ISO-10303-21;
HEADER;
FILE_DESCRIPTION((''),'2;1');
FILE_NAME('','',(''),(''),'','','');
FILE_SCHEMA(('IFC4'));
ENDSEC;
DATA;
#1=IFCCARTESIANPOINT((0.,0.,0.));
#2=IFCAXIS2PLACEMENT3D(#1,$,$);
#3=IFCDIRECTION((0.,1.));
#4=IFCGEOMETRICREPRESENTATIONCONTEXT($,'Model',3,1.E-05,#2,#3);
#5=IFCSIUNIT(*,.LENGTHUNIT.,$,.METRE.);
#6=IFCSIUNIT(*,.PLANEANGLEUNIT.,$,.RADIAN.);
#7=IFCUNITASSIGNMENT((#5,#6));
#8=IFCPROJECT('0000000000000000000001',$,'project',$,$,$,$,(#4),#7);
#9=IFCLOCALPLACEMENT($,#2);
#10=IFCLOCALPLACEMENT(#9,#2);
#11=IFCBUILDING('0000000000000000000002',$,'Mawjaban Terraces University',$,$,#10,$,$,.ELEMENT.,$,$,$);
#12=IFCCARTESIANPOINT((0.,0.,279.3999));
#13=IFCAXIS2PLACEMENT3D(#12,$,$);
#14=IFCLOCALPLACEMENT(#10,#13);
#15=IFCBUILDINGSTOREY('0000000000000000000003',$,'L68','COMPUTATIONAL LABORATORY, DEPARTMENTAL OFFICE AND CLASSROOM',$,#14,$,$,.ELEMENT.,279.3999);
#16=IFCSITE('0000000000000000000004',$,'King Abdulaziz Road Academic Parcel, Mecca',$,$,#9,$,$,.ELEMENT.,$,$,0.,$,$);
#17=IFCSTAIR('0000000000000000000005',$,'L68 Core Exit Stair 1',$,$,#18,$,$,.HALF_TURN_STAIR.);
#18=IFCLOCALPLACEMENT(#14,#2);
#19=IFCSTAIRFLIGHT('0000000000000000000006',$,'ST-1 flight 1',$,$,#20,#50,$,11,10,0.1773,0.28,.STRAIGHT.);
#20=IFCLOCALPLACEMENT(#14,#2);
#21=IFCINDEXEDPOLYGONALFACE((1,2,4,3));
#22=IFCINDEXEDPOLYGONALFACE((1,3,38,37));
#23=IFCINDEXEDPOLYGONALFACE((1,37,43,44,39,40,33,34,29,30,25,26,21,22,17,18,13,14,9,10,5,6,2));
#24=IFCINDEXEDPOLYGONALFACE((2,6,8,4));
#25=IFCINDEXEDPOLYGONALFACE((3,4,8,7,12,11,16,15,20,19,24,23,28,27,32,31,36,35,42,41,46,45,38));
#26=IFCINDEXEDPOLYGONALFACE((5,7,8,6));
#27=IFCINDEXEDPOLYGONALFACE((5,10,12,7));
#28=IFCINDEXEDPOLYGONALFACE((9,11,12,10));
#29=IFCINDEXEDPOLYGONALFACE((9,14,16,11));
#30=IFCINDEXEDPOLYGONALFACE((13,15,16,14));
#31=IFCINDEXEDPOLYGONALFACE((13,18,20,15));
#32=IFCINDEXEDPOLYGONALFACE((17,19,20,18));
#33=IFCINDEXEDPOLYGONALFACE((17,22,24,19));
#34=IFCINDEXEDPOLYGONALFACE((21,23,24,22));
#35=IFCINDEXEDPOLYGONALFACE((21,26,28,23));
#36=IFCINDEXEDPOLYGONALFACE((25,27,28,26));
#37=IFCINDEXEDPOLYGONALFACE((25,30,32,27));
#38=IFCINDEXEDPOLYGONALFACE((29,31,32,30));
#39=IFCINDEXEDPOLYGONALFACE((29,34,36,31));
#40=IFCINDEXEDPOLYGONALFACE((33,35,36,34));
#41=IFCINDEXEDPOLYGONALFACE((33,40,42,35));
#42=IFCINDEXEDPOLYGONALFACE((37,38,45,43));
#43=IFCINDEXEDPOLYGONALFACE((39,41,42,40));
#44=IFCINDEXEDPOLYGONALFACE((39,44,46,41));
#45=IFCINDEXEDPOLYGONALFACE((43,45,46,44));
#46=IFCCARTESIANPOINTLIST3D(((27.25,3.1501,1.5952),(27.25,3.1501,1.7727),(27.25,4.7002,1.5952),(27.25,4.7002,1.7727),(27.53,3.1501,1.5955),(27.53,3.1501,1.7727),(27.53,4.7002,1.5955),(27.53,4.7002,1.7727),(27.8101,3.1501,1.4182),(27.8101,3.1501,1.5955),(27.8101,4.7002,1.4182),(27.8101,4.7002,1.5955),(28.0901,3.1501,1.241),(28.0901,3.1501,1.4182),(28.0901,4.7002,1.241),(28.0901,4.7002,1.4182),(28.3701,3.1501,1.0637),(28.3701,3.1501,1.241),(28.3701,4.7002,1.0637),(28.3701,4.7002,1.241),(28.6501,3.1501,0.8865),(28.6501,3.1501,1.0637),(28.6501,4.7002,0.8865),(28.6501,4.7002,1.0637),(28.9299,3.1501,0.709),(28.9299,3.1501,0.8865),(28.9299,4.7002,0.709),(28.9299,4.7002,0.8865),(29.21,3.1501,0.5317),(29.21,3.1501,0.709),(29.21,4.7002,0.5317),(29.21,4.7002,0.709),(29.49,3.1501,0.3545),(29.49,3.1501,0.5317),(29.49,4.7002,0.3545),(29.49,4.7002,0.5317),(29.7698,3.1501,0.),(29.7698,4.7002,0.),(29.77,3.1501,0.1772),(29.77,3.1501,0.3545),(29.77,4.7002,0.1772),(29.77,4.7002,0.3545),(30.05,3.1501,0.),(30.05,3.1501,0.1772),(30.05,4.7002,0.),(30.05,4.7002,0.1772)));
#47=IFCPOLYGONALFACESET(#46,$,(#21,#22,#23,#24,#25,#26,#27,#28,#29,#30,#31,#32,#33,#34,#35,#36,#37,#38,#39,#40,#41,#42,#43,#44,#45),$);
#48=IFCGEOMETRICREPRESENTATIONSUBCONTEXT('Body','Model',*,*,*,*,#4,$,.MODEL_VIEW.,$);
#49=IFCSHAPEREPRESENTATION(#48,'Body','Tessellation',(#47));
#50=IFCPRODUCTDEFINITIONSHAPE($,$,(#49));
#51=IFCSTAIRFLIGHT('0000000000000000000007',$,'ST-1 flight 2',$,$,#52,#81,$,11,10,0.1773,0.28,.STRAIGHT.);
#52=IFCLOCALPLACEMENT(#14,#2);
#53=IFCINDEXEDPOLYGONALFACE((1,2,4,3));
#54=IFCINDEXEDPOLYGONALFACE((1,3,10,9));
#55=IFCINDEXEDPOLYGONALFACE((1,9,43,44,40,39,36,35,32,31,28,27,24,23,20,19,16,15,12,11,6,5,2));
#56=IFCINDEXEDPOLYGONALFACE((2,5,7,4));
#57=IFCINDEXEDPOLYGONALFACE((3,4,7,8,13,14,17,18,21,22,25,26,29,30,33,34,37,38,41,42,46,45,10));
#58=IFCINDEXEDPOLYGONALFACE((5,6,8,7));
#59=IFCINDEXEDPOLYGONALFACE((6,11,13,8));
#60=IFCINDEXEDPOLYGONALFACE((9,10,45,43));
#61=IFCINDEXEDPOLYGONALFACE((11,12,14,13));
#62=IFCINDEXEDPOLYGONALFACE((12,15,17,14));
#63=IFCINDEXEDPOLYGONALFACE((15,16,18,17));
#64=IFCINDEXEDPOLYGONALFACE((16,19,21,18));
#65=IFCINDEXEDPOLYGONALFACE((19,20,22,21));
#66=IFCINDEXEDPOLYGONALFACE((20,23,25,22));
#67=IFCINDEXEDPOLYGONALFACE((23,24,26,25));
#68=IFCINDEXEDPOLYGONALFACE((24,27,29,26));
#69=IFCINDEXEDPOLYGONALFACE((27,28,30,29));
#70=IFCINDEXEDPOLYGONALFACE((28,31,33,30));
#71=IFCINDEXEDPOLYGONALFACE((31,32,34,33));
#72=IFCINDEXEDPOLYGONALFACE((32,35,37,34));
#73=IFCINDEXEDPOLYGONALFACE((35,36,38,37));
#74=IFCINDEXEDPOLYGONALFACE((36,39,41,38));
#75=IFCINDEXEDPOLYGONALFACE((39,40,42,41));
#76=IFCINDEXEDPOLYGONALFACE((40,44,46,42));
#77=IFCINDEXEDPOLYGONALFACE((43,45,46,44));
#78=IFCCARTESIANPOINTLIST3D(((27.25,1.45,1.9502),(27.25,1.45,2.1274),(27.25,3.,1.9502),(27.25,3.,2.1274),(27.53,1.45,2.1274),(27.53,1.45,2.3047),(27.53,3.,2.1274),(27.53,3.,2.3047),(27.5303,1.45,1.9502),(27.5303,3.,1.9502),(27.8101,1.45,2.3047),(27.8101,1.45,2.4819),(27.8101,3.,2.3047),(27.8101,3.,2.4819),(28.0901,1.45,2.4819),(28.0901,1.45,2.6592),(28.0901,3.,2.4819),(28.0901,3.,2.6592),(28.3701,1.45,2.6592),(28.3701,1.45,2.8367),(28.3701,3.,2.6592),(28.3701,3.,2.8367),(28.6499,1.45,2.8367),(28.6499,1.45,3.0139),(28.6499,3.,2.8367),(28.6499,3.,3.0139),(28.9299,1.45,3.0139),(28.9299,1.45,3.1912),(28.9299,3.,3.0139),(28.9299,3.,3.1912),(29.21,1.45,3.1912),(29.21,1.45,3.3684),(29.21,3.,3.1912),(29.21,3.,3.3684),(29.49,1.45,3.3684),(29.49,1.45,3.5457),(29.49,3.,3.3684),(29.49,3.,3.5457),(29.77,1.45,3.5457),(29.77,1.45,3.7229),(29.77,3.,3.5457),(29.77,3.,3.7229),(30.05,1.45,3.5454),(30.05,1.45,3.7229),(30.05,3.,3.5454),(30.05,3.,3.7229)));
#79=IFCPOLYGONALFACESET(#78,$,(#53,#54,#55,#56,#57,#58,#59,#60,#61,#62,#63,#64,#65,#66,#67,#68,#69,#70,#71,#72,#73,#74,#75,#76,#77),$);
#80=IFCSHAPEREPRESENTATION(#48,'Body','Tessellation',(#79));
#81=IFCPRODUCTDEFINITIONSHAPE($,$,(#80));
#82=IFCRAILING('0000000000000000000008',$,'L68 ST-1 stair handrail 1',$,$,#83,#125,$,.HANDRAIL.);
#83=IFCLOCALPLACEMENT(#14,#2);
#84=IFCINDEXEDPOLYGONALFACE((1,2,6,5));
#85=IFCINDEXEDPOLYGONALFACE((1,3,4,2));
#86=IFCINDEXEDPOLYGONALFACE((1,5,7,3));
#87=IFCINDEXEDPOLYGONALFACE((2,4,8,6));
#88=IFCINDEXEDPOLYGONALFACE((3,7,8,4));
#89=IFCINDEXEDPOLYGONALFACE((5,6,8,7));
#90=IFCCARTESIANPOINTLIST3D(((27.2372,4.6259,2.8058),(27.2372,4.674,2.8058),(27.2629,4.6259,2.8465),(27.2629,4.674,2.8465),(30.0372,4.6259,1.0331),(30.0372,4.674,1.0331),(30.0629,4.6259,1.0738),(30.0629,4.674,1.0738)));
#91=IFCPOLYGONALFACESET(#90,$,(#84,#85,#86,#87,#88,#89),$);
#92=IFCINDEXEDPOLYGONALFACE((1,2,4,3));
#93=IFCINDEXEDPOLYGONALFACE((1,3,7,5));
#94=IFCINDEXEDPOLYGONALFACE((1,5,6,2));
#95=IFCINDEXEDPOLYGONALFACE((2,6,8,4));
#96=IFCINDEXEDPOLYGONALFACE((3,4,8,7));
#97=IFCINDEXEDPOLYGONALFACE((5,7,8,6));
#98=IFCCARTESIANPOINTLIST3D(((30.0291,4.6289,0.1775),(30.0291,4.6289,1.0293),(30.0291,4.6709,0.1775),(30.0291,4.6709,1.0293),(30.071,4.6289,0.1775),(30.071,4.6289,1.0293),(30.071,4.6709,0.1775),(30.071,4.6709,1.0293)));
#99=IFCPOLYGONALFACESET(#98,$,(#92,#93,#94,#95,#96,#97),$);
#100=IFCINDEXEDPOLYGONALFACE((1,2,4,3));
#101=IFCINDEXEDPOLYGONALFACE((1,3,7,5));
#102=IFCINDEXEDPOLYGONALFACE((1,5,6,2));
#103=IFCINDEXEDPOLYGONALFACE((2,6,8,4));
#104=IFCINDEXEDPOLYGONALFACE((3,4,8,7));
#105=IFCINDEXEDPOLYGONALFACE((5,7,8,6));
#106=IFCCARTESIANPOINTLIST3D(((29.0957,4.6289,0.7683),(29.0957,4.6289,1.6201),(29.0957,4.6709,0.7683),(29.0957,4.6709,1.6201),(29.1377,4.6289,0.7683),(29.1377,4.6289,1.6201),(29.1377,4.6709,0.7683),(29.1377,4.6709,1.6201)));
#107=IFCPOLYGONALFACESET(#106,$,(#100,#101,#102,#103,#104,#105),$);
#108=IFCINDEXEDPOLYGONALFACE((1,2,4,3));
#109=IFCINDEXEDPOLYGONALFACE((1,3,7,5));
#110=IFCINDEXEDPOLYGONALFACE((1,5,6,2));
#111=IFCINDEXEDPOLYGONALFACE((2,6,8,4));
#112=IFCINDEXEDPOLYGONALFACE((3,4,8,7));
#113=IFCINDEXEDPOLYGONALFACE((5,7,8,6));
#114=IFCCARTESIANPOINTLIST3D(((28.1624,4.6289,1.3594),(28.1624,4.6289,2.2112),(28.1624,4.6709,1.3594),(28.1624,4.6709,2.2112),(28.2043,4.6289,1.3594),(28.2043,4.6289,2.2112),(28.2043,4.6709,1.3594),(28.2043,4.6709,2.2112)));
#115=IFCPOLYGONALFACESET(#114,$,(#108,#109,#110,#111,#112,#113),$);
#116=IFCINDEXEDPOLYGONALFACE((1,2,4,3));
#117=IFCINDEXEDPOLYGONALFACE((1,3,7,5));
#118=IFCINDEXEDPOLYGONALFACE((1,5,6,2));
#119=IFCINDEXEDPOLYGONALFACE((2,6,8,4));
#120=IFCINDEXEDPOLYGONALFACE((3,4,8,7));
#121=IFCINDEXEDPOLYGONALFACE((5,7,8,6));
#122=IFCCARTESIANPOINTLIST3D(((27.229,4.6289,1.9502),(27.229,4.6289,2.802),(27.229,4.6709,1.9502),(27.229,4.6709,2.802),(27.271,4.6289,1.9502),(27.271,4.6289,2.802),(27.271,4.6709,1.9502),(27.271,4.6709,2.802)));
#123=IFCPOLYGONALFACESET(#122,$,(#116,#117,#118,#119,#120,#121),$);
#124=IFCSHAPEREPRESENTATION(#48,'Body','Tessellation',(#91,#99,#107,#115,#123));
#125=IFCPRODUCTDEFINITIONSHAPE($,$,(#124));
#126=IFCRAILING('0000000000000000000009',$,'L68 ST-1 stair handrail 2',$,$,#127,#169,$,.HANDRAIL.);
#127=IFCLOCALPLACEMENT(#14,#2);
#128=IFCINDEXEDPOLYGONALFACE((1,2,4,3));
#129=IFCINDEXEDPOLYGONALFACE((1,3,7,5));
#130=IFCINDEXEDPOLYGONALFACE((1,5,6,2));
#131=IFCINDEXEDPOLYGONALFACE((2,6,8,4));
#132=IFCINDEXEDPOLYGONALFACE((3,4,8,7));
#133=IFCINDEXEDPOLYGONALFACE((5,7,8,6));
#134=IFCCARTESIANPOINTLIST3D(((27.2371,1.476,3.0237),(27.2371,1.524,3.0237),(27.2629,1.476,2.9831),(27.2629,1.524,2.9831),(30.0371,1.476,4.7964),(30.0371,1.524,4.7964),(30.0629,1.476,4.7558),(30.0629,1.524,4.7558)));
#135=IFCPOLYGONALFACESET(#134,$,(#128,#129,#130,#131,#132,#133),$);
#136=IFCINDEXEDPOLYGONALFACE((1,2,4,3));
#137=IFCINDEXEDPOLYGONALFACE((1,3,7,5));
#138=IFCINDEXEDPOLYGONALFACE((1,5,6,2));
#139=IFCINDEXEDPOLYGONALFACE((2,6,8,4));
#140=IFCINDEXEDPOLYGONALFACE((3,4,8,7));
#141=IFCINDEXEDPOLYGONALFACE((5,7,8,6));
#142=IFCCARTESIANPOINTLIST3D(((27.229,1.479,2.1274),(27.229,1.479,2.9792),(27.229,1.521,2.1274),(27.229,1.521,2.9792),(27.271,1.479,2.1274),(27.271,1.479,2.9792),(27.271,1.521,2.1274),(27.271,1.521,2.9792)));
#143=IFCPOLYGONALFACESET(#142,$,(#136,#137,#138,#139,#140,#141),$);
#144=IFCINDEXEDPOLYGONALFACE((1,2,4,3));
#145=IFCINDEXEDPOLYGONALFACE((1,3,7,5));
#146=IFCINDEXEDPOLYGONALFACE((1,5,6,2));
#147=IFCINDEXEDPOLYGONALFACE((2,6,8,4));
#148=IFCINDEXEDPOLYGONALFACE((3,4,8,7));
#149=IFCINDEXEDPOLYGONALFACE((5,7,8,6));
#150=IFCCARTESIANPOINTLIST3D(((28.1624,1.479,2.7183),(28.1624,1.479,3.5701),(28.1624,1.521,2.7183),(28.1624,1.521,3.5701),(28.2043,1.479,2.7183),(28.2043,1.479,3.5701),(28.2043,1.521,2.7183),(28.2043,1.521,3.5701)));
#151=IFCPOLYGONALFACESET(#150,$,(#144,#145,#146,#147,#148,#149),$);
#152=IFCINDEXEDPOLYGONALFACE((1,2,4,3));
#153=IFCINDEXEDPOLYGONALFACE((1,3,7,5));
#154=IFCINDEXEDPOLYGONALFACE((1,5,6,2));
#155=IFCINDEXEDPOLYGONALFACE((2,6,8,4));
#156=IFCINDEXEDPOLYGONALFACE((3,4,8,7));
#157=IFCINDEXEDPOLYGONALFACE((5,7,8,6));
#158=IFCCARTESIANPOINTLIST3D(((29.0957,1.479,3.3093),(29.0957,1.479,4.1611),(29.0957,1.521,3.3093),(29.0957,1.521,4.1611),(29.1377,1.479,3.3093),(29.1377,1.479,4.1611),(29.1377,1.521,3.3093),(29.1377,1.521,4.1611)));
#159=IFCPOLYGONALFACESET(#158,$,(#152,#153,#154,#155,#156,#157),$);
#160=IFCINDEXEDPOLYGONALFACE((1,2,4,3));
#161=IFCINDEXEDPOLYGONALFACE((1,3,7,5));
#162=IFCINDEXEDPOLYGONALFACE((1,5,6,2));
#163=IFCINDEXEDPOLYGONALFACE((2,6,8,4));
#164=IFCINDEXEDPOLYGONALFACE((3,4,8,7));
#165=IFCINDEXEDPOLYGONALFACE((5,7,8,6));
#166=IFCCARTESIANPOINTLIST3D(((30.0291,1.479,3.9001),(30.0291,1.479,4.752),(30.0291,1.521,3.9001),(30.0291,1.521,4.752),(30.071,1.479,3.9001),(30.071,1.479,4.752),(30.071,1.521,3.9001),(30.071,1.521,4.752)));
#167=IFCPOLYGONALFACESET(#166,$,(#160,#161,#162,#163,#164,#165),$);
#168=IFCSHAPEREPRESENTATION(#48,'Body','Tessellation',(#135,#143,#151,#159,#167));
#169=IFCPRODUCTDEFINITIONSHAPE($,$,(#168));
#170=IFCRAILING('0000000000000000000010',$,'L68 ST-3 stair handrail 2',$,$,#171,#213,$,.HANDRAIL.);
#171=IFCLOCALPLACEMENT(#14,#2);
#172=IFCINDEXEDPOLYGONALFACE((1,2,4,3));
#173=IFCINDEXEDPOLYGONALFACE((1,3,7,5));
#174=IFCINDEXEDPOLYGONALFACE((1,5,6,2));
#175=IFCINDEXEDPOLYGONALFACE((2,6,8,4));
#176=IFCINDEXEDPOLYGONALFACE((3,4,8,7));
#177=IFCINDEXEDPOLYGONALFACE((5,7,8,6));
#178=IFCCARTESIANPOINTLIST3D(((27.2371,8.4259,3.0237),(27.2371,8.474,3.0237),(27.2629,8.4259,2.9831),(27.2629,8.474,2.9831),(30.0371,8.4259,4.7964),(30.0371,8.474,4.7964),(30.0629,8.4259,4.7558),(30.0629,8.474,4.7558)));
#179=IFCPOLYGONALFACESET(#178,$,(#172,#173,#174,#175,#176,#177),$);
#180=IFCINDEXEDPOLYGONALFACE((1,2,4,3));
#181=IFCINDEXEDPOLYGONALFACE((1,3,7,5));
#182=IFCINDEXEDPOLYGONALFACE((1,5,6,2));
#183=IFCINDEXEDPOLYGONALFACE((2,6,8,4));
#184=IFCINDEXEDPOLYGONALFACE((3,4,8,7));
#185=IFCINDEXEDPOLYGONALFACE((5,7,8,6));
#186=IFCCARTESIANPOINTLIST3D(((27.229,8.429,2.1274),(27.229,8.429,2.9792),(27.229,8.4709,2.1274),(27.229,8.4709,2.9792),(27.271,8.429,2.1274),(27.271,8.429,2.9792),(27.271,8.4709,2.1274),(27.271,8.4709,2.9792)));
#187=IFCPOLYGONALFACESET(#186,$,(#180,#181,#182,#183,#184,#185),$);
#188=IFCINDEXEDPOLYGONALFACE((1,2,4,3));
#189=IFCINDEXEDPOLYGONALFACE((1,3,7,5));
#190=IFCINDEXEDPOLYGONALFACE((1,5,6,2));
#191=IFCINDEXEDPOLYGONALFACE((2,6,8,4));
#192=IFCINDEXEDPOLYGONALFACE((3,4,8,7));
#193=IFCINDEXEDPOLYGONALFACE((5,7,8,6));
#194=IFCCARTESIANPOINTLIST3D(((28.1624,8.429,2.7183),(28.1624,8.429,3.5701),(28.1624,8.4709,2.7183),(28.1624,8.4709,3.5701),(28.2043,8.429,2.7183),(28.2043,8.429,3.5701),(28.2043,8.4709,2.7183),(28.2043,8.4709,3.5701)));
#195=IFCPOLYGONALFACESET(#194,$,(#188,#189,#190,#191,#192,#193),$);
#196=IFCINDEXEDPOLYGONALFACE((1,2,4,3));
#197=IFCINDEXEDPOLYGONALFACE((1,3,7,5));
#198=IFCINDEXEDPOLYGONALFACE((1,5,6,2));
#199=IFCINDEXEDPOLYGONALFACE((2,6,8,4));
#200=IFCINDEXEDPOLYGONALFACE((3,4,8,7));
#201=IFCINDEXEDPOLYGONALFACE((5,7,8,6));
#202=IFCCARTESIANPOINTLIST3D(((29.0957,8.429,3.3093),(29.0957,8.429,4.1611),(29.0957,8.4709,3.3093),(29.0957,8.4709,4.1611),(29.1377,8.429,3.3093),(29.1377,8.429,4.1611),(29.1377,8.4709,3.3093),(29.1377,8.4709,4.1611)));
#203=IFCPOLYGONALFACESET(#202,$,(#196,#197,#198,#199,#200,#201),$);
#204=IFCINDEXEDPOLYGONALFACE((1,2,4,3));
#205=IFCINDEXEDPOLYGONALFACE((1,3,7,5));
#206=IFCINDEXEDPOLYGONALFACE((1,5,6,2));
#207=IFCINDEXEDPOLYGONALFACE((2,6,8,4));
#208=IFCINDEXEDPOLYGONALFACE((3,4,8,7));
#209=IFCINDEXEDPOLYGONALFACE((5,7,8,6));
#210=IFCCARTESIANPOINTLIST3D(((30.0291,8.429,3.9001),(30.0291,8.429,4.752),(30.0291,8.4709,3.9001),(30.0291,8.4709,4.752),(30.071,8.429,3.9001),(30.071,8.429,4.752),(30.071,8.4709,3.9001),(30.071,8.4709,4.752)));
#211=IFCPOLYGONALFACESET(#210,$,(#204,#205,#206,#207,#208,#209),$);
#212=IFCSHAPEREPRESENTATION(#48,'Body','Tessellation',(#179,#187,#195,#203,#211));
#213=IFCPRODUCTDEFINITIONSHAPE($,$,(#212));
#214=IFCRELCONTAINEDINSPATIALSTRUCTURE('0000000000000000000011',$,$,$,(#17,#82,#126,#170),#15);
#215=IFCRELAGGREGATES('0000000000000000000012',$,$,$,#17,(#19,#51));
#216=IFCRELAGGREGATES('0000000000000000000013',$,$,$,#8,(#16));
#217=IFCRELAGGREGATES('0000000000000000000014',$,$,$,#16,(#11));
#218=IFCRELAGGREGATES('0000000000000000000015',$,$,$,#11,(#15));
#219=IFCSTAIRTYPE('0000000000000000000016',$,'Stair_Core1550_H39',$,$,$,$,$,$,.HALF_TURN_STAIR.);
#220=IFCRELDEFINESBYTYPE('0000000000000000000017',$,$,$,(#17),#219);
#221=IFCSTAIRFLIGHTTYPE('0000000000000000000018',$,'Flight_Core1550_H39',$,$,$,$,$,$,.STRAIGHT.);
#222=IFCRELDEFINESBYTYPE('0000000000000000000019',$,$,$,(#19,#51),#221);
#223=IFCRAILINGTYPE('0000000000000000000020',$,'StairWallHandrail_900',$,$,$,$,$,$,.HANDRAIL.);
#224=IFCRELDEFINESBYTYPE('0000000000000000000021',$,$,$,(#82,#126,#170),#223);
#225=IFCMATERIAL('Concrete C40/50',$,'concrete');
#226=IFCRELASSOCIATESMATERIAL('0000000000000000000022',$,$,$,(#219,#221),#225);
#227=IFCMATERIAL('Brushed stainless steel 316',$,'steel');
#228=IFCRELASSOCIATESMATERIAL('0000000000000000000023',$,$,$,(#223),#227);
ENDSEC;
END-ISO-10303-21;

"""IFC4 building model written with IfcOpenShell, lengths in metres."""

from ifc_helpers import new_model, si_unit, direction, frame, origin, origin_2d, place, context, subcontext, project, spatial, polyline, rectangle, outline, extrude, material, type_object, element, aggregate, save


model = new_model("IFC4")

# Units and contexts
model_context = context("Model", 3, precision=1e-05, world=origin(), true_north=direction((0.0, 1.0)))
body_context = subcontext(model_context, "Body", "Model", "MODEL_VIEW")
ifc_project = project(units=[si_unit("LENGTHUNIT", "METRE"), si_unit("PLANEANGLEUNIT", "RADIAN")], contexts=[model_context])

# Site, building, storey
site_placement = place(None, origin())
site = spatial("IfcSite", under=ifc_project, at=site_placement, Name="King Abdulaziz Road Academic Parcel, Mecca", CompositionType="ELEMENT", RefElevation=0.0)
building_placement = place(site_placement, origin())
building = spatial("IfcBuilding", under=site, at=building_placement, Name="Mawjaban Terraces University", CompositionType="ELEMENT")
storey_placement = place(building_placement, frame((0.0, 0.0, 279.3999)))
storey = spatial("IfcBuildingStorey", under=building, at=storey_placement, Name="L68", Description="COMPUTATIONAL LABORATORY, DEPARTMENTAL OFFICE AND CLASSROOM", CompositionType="ELEMENT", Elevation=279.3999)

# Shared definitions
ifc_material_1 = material(Name="Concrete C40/50", Category="concrete")

# Stair, stair flights
stair_type = type_object("IfcStairType", Name="Stair_Core1550_H39", PredefinedType="HALF_TURN_STAIR", material=ifc_material_1)
stair_placement = place(storey_placement, origin())
stair = element("IfcStair", 1, at=stair_placement, inside=storey, type_object=stair_type, Name="L68 Core Exit Stair 1", PredefinedType="HALF_TURN_STAIR")
stair_flight_type = type_object("IfcStairFlightType", Name="Flight_Core1550_H39", PredefinedType="STRAIGHT", material=ifc_material_1)
stair_flight_1_placement = place(storey_placement, frame((30.05, 3.925, 0.0), z_axis=(0.0, 0.0, 1.0), x_axis=(-1.0, 0.0, 0.0)))
stair_flight_1 = element("IfcStairFlight", 2, at=stair_flight_1_placement, type_object=stair_flight_type, Name="ST-1 flight 1", NumberOfRisers=11, NumberOfTreads=10, PredefinedType="STRAIGHT", RiserHeight=0.1773, TreadLength=0.28, context=body_context, shape_type="SweptSolid", body=[
    extrude(outline(polyline([(0.0, 0.0), (0.0, 0.1772), (0.28, 0.1772), (0.28, 0.3545), (0.5601, 0.3545), (0.5601, 0.5317), (0.8401, 0.5317), (0.8401, 0.709), (1.1201, 0.709), (1.1201, 0.8865), (1.3999, 0.8865), (1.3999, 1.0637), (1.6799, 1.0637), (1.6799, 1.241), (1.96, 1.241), (1.96, 1.4182), (2.24, 1.4182), (2.24, 1.5955), (2.52, 1.5955), (2.52, 1.7727), (2.8, 1.7727), (2.8, 1.95), (2.8, 1.5952), (0.2803, 0.0), (0.0, 0.0)])), frame((0.0, 0.7749, 0.0), z_axis=(0.0, -1.0, 0.0), x_axis=(1.0, 0.0, 0.0)), (0.0, 0.0, 1.0), 1.55),
])
stair_flight_2_placement = place(storey_placement, frame((27.25, 2.2251, 1.9502), z_axis=(0.0, 0.0, 1.0), x_axis=(1.0, 0.0, 0.0)))
stair_flight_2 = element("IfcStairFlight", 3, at=stair_flight_2_placement, type_object=stair_flight_type, Name="ST-1 flight 2", NumberOfRisers=11, NumberOfTreads=10, PredefinedType="STRAIGHT", RiserHeight=0.1773, TreadLength=0.28, context=body_context, shape_type="SweptSolid", body=[
    extrude(outline(polyline([(0.0, 0.0), (0.0, 0.1772), (0.28, 0.1772), (0.28, 0.3545), (0.5601, 0.3545), (0.5601, 0.5317), (0.8401, 0.5317), (0.8401, 0.709), (1.1201, 0.709), (1.1201, 0.8865), (1.3999, 0.8865), (1.3999, 1.0637), (1.6799, 1.0637), (1.6799, 1.241), (1.96, 1.241), (1.96, 1.4182), (2.24, 1.4182), (2.24, 1.5955), (2.52, 1.5955), (2.52, 1.7727), (2.8, 1.7727), (2.8, 1.95), (2.8, 1.5952), (0.2803, 0.0), (0.0, 0.0)])), frame((0.0, 0.7749, 0.0), z_axis=(0.0, -1.0, 0.0), x_axis=(1.0, 0.0, 0.0)), (0.0, 0.0, 1.0), 1.55),
])
aggregate(stair, [stair_flight_1, stair_flight_2])

# Railings
ifc_material_2 = material(Name="Brushed stainless steel 316", Category="steel")
railing_type_1 = type_object("IfcRailingType", Name="StairWallHandrail_900", PredefinedType="HANDRAIL", material=ifc_material_2)
railing_1_placement = place(storey_placement, frame((30.05, 4.6499, 0.1775)))
element("IfcRailing", 4, at=railing_1_placement, inside=storey, type_object=railing_type_1, Name="L68 ST-1 stair handrail 1", PredefinedType="HANDRAIL", context=body_context, shape_type="SweptSolid", body=[
    extrude(rectangle(XDim=0.0481, YDim=0.0481, at=origin_2d()), frame((0.0, 0.0, 0.876), z_axis=(-0.844909, 0.0, 0.53491), x_axis=(0.0, -1.0, 0.0)), (0.0, 0.0, 1.0), 3.314),
    extrude(rectangle(XDim=0.042, YDim=0.042, at=origin_2d()), origin(), (0.0, 0.0, 1.0), 0.8518),
    extrude(rectangle(XDim=0.042, YDim=0.042, at=origin_2d()), frame((-0.9333, 0.0, 0.5908)), (0.0, 0.0, 1.0), 0.8518),
    extrude(rectangle(XDim=0.042, YDim=0.042, at=origin_2d()), frame((-1.8667, 0.0, 1.1819)), (0.0, 0.0, 1.0), 0.8518),
    extrude(rectangle(XDim=0.042, YDim=0.042, at=origin_2d()), frame((-2.8, 0.0, 1.7727)), (0.0, 0.0, 1.0), 0.8518),
])
for number, where, name in (
    (5, (27.25, 1.5, 2.1274), "L68 ST-1 stair handrail 2"),
    (6, (27.25, 8.45, 2.1274), "L68 ST-3 stair handrail 2"),
):
    element("IfcRailing", number, at=place(storey_placement, frame(where)), inside=storey, type_object=railing_type_1, Name=name, PredefinedType="HANDRAIL", context=body_context, shape_type="SweptSolid", body=[
        extrude(rectangle(XDim=0.0481, YDim=0.0481, at=origin_2d()), frame((0.0, 0.0, 0.876), z_axis=(0.844909, 0.0, 0.53491), x_axis=(0.0, 1.0, 0.0)), (0.0, 0.0, 1.0), 3.314),
        extrude(rectangle(XDim=0.042, YDim=0.042, at=origin_2d()), origin(), (0.0, 0.0, 1.0), 0.8518),
        extrude(rectangle(XDim=0.042, YDim=0.042, at=origin_2d()), frame((0.9333, 0.0, 0.5908)), (0.0, 0.0, 1.0), 0.8518),
        extrude(rectangle(XDim=0.042, YDim=0.042, at=origin_2d()), frame((1.8667, 0.0, 1.1819)), (0.0, 0.0, 1.0), 0.8518),
        extrude(rectangle(XDim=0.042, YDim=0.042, at=origin_2d()), frame((2.8, 0.0, 1.7727)), (0.0, 0.0, 1.0), 0.8518),
    ])

save(model, "model.ifc")
